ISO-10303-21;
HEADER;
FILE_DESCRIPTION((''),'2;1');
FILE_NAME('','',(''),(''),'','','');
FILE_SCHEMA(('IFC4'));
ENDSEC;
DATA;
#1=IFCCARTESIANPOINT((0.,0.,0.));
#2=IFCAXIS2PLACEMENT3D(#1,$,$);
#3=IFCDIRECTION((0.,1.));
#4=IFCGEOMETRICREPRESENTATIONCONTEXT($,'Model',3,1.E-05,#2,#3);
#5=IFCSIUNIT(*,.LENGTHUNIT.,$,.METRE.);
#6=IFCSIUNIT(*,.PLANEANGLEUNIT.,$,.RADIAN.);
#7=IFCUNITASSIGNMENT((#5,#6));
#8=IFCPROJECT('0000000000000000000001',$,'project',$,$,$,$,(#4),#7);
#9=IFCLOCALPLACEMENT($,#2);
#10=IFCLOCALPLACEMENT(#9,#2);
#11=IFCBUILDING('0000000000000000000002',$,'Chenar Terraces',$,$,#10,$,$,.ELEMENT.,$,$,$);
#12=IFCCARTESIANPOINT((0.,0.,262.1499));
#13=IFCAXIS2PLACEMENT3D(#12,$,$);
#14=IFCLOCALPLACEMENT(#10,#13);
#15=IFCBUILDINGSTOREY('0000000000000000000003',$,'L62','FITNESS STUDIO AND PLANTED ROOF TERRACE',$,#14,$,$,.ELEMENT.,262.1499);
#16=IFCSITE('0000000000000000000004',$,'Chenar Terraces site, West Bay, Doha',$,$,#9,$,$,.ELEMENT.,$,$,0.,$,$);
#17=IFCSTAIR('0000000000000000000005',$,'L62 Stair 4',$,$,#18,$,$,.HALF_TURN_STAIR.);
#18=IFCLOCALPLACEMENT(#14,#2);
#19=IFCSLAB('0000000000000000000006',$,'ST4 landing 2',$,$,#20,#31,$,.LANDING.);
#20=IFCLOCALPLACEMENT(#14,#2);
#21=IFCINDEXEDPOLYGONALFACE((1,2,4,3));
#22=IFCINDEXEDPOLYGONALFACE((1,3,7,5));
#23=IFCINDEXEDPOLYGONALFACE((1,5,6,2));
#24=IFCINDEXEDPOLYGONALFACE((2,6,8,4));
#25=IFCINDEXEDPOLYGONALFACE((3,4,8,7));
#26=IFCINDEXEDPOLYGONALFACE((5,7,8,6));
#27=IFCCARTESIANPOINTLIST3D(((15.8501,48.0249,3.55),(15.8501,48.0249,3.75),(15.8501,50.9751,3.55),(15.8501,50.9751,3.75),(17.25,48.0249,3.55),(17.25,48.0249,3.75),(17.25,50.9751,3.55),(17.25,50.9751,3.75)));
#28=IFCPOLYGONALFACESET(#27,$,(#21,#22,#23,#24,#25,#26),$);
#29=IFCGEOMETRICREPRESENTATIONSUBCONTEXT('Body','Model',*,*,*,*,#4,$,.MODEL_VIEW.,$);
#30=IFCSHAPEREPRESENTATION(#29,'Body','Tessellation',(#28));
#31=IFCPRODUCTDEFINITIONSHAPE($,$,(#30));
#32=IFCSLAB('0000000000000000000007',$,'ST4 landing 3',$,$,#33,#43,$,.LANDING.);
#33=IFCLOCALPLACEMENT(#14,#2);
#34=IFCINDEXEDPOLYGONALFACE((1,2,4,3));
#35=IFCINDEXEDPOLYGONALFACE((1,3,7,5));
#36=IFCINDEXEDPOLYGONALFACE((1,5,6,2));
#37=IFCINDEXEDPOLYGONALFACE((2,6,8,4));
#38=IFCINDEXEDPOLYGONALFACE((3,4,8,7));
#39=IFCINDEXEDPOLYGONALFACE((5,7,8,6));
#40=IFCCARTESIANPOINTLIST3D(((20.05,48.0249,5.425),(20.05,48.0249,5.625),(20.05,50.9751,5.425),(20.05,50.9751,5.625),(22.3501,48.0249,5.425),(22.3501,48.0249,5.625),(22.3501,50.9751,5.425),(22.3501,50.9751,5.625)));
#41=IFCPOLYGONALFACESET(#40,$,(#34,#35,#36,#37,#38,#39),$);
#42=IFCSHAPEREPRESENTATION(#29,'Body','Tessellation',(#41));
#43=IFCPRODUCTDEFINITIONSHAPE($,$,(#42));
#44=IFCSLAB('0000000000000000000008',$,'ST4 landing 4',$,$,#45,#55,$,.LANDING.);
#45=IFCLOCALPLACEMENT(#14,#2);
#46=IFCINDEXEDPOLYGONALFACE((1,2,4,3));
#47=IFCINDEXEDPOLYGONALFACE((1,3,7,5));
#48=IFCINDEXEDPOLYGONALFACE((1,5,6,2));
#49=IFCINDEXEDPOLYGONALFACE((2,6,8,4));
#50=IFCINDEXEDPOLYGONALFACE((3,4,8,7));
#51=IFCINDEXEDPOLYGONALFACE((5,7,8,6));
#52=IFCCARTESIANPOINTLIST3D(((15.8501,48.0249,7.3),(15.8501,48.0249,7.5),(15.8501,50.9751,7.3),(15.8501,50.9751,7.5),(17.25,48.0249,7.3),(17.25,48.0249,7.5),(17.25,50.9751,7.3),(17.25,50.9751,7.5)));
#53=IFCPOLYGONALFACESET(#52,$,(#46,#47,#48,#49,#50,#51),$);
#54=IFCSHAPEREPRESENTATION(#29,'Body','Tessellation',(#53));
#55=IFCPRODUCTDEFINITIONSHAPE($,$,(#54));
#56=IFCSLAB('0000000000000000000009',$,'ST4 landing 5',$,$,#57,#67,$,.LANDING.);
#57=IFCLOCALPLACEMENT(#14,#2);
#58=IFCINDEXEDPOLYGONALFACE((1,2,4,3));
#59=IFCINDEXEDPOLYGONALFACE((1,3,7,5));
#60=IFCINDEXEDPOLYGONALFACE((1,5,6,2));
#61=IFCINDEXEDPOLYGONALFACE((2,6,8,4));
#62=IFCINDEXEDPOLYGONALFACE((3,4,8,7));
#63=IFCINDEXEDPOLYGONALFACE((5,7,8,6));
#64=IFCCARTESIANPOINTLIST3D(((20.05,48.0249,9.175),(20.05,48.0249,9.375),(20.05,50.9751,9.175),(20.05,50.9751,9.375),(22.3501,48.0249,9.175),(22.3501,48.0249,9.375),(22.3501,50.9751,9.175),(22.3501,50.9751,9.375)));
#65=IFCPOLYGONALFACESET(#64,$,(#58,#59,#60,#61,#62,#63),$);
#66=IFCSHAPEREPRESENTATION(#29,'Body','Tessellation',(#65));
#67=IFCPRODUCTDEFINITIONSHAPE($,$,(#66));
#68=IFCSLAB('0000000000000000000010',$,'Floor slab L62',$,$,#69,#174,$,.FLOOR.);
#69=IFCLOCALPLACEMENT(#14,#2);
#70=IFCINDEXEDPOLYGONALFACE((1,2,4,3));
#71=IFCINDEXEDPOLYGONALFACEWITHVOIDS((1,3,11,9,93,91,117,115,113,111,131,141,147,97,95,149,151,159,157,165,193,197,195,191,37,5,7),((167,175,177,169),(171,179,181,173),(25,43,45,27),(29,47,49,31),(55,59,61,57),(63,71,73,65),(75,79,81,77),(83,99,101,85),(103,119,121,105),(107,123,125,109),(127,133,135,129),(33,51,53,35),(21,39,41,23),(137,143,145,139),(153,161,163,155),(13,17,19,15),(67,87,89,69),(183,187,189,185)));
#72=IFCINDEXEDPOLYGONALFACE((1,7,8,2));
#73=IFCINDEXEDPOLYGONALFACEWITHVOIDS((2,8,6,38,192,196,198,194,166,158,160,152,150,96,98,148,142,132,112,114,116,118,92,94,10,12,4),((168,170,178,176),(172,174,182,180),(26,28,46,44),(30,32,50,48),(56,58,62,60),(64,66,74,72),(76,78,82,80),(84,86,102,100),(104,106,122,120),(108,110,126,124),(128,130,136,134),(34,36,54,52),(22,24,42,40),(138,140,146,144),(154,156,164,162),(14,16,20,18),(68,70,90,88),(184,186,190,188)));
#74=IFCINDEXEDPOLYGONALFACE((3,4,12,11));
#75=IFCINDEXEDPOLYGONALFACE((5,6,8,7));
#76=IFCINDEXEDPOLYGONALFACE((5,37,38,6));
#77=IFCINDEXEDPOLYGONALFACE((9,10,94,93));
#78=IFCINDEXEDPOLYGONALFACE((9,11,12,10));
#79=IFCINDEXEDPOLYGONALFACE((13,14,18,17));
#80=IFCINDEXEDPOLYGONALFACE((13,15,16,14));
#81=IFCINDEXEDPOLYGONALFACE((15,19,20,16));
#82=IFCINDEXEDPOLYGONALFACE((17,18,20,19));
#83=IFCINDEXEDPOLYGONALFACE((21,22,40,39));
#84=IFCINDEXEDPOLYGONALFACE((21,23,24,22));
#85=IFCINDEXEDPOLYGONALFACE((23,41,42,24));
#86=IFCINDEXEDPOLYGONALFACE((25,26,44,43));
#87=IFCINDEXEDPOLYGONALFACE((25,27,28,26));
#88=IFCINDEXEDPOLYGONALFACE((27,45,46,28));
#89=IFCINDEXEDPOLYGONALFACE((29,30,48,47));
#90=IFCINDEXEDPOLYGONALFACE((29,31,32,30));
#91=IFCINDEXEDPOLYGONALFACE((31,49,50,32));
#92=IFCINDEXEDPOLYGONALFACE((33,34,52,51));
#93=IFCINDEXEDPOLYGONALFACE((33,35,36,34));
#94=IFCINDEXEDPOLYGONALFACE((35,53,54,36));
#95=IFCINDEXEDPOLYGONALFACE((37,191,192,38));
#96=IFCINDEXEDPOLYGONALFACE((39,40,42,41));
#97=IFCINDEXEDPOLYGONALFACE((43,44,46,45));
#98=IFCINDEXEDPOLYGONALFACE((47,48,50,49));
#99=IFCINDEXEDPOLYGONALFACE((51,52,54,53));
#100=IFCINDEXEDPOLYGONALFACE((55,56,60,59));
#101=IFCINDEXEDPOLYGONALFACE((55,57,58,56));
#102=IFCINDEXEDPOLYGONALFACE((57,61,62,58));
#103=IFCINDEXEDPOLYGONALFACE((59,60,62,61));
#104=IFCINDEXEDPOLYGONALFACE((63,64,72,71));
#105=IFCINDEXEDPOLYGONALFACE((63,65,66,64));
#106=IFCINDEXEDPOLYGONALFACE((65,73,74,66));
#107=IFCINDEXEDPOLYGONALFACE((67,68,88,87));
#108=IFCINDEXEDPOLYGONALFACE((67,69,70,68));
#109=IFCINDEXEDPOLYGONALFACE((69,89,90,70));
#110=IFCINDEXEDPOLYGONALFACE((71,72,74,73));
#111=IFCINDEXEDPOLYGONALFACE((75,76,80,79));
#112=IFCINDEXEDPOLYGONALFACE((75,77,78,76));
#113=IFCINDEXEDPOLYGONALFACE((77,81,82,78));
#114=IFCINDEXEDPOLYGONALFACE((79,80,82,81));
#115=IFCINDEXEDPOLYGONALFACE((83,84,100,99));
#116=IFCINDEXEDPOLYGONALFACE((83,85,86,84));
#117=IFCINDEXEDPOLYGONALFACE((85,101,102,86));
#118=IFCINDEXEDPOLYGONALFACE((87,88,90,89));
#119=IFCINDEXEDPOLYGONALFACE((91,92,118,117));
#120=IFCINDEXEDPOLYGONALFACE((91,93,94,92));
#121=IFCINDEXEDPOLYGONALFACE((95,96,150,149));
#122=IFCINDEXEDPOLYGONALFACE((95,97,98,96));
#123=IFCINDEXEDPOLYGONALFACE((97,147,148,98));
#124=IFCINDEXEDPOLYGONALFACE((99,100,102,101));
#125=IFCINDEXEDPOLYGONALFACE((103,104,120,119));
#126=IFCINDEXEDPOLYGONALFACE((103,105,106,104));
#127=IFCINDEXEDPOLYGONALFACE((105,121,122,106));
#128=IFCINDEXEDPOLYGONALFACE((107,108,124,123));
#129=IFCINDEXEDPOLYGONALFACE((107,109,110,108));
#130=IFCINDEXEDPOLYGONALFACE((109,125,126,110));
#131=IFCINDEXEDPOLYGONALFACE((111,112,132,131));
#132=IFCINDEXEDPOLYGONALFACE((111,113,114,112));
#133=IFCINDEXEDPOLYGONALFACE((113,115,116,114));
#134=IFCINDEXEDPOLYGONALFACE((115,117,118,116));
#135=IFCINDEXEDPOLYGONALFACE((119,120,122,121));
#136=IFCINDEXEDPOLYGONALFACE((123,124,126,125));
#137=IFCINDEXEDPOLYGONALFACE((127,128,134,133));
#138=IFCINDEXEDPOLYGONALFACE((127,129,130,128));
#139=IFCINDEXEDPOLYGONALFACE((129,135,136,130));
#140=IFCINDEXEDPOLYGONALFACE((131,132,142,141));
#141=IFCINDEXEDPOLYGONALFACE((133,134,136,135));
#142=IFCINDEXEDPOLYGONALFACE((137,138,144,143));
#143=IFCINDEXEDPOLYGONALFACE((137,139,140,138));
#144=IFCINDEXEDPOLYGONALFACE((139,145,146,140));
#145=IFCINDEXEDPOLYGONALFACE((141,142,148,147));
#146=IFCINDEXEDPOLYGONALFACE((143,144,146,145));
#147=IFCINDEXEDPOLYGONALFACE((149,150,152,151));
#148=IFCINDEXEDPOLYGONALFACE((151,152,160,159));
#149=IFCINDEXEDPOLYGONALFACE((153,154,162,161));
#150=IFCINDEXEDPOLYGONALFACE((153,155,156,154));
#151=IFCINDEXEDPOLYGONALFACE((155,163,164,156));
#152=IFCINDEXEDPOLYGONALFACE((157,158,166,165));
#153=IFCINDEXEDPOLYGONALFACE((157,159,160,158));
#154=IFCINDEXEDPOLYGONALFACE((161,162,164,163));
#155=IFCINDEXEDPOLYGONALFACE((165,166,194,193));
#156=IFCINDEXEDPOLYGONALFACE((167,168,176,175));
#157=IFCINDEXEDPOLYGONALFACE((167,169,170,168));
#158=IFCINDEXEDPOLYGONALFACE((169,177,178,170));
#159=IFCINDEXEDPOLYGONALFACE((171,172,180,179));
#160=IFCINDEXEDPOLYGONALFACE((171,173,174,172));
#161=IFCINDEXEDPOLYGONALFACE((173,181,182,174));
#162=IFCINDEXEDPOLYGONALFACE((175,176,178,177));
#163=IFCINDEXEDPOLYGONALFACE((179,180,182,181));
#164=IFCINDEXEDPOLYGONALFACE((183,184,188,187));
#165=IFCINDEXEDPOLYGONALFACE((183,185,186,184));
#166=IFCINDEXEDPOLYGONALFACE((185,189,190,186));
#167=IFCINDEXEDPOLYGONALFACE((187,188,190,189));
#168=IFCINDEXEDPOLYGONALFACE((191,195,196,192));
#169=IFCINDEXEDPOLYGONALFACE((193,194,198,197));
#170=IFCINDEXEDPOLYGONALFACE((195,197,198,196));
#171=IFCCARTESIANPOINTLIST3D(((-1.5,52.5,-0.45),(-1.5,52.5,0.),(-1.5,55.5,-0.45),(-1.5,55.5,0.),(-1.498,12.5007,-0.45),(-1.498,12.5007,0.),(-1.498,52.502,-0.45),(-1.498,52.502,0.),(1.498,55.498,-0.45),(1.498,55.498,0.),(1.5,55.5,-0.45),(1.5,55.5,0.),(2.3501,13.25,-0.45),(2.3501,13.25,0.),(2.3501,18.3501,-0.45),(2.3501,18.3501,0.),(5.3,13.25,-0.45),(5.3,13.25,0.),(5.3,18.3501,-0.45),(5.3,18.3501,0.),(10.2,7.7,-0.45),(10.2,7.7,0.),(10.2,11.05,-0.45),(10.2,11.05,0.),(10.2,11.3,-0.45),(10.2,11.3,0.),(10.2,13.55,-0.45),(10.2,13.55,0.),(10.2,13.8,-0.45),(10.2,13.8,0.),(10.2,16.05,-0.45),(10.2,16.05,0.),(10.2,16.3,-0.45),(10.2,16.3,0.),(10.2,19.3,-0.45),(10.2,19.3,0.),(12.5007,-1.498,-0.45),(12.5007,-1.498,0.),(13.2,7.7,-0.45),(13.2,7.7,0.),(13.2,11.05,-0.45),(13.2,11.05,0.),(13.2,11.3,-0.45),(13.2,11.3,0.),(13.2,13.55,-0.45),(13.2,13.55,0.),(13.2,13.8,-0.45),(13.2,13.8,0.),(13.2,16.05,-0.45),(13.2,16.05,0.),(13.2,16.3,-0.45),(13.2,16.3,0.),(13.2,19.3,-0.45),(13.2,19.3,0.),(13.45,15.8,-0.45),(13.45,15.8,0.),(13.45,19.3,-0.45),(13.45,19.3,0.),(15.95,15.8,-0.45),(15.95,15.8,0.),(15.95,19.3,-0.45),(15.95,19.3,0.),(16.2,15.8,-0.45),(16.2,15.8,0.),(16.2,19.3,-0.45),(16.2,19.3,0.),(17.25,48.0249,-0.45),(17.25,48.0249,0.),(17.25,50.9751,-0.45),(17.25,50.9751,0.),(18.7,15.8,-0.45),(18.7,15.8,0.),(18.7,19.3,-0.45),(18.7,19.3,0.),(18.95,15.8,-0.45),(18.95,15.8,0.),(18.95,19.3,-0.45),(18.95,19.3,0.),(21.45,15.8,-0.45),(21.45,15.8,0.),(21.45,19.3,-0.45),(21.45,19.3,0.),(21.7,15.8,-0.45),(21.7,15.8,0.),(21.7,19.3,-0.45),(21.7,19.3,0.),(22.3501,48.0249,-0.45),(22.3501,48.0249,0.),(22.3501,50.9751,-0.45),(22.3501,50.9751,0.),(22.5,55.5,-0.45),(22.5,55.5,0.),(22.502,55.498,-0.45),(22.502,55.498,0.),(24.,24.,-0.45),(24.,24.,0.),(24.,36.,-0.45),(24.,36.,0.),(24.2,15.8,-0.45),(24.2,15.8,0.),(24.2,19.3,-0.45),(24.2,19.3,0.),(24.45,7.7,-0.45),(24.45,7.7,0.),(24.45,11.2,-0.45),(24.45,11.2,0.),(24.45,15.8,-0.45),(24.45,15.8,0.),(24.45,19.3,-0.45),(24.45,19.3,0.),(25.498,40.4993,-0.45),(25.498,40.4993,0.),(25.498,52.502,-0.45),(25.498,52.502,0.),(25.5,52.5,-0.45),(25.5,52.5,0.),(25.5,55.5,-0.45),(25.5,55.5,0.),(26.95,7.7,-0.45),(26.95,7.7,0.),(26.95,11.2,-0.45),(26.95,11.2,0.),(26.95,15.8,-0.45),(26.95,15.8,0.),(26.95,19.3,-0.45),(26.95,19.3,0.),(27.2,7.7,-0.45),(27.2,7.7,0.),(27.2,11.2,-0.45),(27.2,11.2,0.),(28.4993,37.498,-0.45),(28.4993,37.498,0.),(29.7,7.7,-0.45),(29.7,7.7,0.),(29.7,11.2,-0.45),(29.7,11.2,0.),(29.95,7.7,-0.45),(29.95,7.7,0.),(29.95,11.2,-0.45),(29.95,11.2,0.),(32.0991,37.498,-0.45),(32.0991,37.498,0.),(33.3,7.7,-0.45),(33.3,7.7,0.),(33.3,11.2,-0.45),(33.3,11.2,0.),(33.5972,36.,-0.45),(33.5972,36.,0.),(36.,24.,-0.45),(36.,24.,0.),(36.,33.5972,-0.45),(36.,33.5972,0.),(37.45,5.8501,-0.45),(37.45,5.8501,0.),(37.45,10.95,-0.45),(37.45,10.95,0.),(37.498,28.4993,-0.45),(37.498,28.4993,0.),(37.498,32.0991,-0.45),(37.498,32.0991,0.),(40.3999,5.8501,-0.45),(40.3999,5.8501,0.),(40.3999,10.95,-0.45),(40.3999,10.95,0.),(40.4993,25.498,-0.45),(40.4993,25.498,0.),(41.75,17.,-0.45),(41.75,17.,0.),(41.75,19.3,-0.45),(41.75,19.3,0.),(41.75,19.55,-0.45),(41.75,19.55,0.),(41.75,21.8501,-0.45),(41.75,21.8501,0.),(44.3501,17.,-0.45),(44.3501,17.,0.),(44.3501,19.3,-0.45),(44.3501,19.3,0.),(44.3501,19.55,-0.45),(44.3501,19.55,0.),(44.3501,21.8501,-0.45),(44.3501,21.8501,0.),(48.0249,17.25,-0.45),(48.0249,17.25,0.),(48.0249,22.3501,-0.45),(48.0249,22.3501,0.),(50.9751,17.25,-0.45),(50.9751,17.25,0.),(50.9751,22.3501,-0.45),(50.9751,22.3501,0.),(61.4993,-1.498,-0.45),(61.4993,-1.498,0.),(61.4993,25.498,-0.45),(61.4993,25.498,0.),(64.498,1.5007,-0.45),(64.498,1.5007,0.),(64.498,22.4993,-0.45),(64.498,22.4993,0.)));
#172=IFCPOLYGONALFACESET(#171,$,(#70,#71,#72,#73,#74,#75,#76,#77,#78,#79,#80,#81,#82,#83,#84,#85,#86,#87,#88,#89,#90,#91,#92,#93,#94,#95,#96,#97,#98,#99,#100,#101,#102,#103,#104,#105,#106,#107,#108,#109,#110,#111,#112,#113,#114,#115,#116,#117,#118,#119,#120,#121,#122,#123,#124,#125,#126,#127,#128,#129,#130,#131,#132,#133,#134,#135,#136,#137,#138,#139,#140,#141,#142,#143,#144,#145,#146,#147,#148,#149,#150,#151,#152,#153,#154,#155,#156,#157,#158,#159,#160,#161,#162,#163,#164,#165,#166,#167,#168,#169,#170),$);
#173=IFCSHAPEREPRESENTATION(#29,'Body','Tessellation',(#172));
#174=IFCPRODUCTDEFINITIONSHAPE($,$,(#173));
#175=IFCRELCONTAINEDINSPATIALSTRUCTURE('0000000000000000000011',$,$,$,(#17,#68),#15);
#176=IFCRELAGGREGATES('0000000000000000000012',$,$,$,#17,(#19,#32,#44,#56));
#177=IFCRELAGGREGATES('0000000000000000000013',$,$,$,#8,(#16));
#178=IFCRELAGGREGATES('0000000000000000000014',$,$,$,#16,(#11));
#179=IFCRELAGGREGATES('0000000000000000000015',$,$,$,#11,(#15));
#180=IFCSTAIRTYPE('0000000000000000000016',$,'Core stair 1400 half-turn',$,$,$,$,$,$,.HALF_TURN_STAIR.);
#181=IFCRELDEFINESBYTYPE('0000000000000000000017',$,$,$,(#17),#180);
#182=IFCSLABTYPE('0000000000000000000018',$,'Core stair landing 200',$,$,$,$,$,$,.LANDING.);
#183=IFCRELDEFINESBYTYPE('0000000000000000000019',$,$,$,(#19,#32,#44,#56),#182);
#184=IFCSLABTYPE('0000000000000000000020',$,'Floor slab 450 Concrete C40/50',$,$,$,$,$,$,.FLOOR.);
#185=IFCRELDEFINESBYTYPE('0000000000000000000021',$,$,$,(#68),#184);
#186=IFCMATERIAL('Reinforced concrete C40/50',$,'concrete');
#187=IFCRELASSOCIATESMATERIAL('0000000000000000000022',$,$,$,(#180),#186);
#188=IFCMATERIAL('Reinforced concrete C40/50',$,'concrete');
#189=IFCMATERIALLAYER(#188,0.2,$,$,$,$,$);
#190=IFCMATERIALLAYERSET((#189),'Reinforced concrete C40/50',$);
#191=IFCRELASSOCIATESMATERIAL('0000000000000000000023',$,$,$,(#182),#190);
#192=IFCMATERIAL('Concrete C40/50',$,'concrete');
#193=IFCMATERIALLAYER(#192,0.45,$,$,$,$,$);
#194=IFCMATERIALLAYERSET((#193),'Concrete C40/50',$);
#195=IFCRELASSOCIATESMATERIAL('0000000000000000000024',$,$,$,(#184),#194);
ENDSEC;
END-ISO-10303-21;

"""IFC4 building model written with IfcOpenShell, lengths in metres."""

from ifc_helpers import new_model, si_unit, direction, frame, origin, place, context, subcontext, project, spatial, polyline, outline, extrude, material, layer, layer_set, type_object, element, aggregate, save


model = new_model("IFC4")

# Units and contexts
model_context = context("Model", 3, precision=1e-05, world=origin(), true_north=direction((0.0, 1.0)))
body_context = subcontext(model_context, "Body", "Model", "MODEL_VIEW")
ifc_project = project(units=[si_unit("LENGTHUNIT", "METRE"), si_unit("PLANEANGLEUNIT", "RADIAN")], contexts=[model_context])

# Site, building, storey
site_placement = place(None, origin())
site = spatial("IfcSite", under=ifc_project, at=site_placement, Name="Chenar Terraces site, West Bay, Doha", CompositionType="ELEMENT", RefElevation=0.0)
building_placement = place(site_placement, origin())
building = spatial("IfcBuilding", under=site, at=building_placement, Name="Chenar Terraces", CompositionType="ELEMENT")
storey_placement = place(building_placement, frame((0.0, 0.0, 262.1499)))
storey = spatial("IfcBuildingStorey", under=building, at=storey_placement, Name="L62", Description="FITNESS STUDIO AND PLANTED ROOF TERRACE", CompositionType="ELEMENT", Elevation=262.1499)

# Stair, slabs
ifc_material_1 = material(Name="Reinforced concrete C40/50", Category="concrete")
stair_type = type_object("IfcStairType", Name="Core stair 1400 half-turn", PredefinedType="HALF_TURN_STAIR", material=ifc_material_1)
placement_1 = place(storey_placement, origin())
ifc_material_2 = material(Name="Reinforced concrete C40/50", Category="concrete")
ifc_layer_1 = layer(ifc_material_2, 0.2)
ifc_layer_set_1 = layer_set([ifc_layer_1], Name="Reinforced concrete C40/50")
slab_type_1 = type_object("IfcSlabType", Name="Core stair landing 200", PredefinedType="LANDING", material=ifc_layer_set_1)
placement_2 = place(storey_placement, frame((0.0, 0.0, 3.55)))
placement_3 = place(storey_placement, frame((0.0, 0.0, 5.425)))
placement_4 = place(storey_placement, frame((0.0, 0.0, 7.3)))
placement_5 = place(storey_placement, frame((0.0, 0.0, 9.175)))
stair_1 = element("IfcStair", 1, at=placement_1, inside=storey, type_object=stair_type, Name="L62 Stair 4", PredefinedType="HALF_TURN_STAIR")
slab_1 = element("IfcSlab", 2, at=placement_2, type_object=slab_type_1, Name="ST4 landing 2", PredefinedType="LANDING", context=body_context, shape_type="SweptSolid", body=[
    extrude(outline(polyline([(15.8501, 48.0249), (17.25, 48.0249), (17.25, 50.9751), (15.8501, 50.9751), (15.8501, 48.0249)])), origin(), (0.0, 0.0, 1.0), 0.2),
])
slab_2 = element("IfcSlab", 3, at=placement_3, type_object=slab_type_1, Name="ST4 landing 3", PredefinedType="LANDING", context=body_context, shape_type="SweptSolid", body=[
    extrude(outline(polyline([(20.05, 48.0249), (22.3501, 48.0249), (22.3501, 50.9751), (20.05, 50.9751), (20.05, 48.0249)])), origin(), (0.0, 0.0, 1.0), 0.2),
])
slab_3 = element("IfcSlab", 4, at=placement_4, type_object=slab_type_1, Name="ST4 landing 4", PredefinedType="LANDING", context=body_context, shape_type="SweptSolid", body=[
    extrude(outline(polyline([(15.8501, 48.0249), (17.25, 48.0249), (17.25, 50.9751), (15.8501, 50.9751), (15.8501, 48.0249)])), origin(), (0.0, 0.0, 1.0), 0.2),
])
slab_4 = element("IfcSlab", 5, at=placement_5, type_object=slab_type_1, Name="ST4 landing 5", PredefinedType="LANDING", context=body_context, shape_type="SweptSolid", body=[
    extrude(outline(polyline([(20.05, 48.0249), (22.3501, 48.0249), (22.3501, 50.9751), (20.05, 50.9751), (20.05, 48.0249)])), origin(), (0.0, 0.0, 1.0), 0.2),
])
aggregate(stair_1, [slab_1, slab_2, slab_3, slab_4])

# Slab
ifc_material_3 = material(Name="Concrete C40/50", Category="concrete")
ifc_layer_2 = layer(ifc_material_3, 0.45)
ifc_layer_set_2 = layer_set([ifc_layer_2], Name="Concrete C40/50")
slab_type_2 = type_object("IfcSlabType", Name="Floor slab 450 Concrete C40/50", PredefinedType="FLOOR", material=ifc_layer_set_2)
placement_6 = place(storey_placement, frame((0.0, 0.0, -0.45)))
element("IfcSlab", 6, at=placement_6, inside=storey, type_object=slab_type_2, Name="Floor slab L62", PredefinedType="FLOOR", context=body_context, shape_type="SweptSolid", body=[
    extrude(outline(polyline([(-1.5, 55.5), (1.5, 55.5), (1.498, 55.498), (22.502, 55.498), (22.5, 55.5), (25.5, 55.5), (25.5, 52.5), (25.498, 52.502), (25.498, 40.4993), (28.4993, 37.498), (32.0991, 37.498), (33.5972, 36.0), (24.0, 36.0), (24.0, 24.0), (36.0, 24.0), (36.0, 33.5972), (37.498, 32.0991), (37.498, 28.4993), (40.4993, 25.498), (61.4993, 25.498), (64.498, 22.4993), (64.498, 1.5007), (61.4993, -1.498), (12.5007, -1.498), (-1.498, 12.5007), (-1.498, 52.502), (-1.5, 52.5), (-1.5, 55.5)]), holes=[polyline([(13.2, 11.05), (10.2, 11.05), (10.2, 7.7), (13.2, 7.7), (13.2, 11.05)]), polyline([(13.2, 13.55), (10.2, 13.55), (10.2, 11.3), (13.2, 11.3), (13.2, 13.55)]), polyline([(13.2, 16.05), (10.2, 16.05), (10.2, 13.8), (13.2, 13.8), (13.2, 16.05)]), polyline([(2.3501, 13.25), (5.3, 13.25), (5.3, 18.3501), (2.3501, 18.3501), (2.3501, 13.25)]), polyline([(15.95, 19.3), (13.45, 19.3), (13.45, 15.8), (15.95, 15.8), (15.95, 19.3)]), polyline([(18.7, 19.3), (16.2, 19.3), (16.2, 15.8), (18.7, 15.8), (18.7, 19.3)]), polyline([(21.45, 19.3), (18.95, 19.3), (18.95, 15.8), (21.45, 15.8), (21.45, 19.3)]), polyline([(24.2, 15.8), (24.2, 19.3), (21.7, 19.3), (21.7, 15.8), (24.2, 15.8)]), polyline([(13.2, 16.3), (13.2, 19.3), (10.2, 19.3), (10.2, 16.3), (13.2, 16.3)]), polyline([(22.3501, 48.0249), (22.3501, 50.9751), (17.25, 50.9751), (17.25, 48.0249), (22.3501, 48.0249)]), polyline([(37.45, 5.8501), (40.3999, 5.8501), (40.3999, 10.95), (37.45, 10.95), (37.45, 5.8501)]), polyline([(26.95, 11.2), (24.45, 11.2), (24.45, 7.7), (26.95, 7.7), (26.95, 11.2)]), polyline([(29.7, 7.7), (29.7, 11.2), (27.2, 11.2), (27.2, 7.7), (29.7, 7.7)]), polyline([(33.3, 7.7), (33.3, 11.2), (29.95, 11.2), (29.95, 7.7), (33.3, 7.7)]), polyline([(26.95, 19.3), (24.45, 19.3), (24.45, 15.8), (26.95, 15.8), (26.95, 19.3)]), polyline([(44.3501, 19.3), (41.75, 19.3), (41.75, 17.0), (44.3501, 17.0), (44.3501, 19.3)]), polyline([(50.9751, 22.3501), (48.0249, 22.3501), (48.0249, 17.25), (50.9751, 17.25), (50.9751, 22.3501)]), polyline([(44.3501, 19.55), (44.3501, 21.8501), (41.75, 21.8501), (41.75, 19.55), (44.3501, 19.55)])]), origin(), (0.0, 0.0, 1.0), 0.45),
])

save(model, "model.ifc")
